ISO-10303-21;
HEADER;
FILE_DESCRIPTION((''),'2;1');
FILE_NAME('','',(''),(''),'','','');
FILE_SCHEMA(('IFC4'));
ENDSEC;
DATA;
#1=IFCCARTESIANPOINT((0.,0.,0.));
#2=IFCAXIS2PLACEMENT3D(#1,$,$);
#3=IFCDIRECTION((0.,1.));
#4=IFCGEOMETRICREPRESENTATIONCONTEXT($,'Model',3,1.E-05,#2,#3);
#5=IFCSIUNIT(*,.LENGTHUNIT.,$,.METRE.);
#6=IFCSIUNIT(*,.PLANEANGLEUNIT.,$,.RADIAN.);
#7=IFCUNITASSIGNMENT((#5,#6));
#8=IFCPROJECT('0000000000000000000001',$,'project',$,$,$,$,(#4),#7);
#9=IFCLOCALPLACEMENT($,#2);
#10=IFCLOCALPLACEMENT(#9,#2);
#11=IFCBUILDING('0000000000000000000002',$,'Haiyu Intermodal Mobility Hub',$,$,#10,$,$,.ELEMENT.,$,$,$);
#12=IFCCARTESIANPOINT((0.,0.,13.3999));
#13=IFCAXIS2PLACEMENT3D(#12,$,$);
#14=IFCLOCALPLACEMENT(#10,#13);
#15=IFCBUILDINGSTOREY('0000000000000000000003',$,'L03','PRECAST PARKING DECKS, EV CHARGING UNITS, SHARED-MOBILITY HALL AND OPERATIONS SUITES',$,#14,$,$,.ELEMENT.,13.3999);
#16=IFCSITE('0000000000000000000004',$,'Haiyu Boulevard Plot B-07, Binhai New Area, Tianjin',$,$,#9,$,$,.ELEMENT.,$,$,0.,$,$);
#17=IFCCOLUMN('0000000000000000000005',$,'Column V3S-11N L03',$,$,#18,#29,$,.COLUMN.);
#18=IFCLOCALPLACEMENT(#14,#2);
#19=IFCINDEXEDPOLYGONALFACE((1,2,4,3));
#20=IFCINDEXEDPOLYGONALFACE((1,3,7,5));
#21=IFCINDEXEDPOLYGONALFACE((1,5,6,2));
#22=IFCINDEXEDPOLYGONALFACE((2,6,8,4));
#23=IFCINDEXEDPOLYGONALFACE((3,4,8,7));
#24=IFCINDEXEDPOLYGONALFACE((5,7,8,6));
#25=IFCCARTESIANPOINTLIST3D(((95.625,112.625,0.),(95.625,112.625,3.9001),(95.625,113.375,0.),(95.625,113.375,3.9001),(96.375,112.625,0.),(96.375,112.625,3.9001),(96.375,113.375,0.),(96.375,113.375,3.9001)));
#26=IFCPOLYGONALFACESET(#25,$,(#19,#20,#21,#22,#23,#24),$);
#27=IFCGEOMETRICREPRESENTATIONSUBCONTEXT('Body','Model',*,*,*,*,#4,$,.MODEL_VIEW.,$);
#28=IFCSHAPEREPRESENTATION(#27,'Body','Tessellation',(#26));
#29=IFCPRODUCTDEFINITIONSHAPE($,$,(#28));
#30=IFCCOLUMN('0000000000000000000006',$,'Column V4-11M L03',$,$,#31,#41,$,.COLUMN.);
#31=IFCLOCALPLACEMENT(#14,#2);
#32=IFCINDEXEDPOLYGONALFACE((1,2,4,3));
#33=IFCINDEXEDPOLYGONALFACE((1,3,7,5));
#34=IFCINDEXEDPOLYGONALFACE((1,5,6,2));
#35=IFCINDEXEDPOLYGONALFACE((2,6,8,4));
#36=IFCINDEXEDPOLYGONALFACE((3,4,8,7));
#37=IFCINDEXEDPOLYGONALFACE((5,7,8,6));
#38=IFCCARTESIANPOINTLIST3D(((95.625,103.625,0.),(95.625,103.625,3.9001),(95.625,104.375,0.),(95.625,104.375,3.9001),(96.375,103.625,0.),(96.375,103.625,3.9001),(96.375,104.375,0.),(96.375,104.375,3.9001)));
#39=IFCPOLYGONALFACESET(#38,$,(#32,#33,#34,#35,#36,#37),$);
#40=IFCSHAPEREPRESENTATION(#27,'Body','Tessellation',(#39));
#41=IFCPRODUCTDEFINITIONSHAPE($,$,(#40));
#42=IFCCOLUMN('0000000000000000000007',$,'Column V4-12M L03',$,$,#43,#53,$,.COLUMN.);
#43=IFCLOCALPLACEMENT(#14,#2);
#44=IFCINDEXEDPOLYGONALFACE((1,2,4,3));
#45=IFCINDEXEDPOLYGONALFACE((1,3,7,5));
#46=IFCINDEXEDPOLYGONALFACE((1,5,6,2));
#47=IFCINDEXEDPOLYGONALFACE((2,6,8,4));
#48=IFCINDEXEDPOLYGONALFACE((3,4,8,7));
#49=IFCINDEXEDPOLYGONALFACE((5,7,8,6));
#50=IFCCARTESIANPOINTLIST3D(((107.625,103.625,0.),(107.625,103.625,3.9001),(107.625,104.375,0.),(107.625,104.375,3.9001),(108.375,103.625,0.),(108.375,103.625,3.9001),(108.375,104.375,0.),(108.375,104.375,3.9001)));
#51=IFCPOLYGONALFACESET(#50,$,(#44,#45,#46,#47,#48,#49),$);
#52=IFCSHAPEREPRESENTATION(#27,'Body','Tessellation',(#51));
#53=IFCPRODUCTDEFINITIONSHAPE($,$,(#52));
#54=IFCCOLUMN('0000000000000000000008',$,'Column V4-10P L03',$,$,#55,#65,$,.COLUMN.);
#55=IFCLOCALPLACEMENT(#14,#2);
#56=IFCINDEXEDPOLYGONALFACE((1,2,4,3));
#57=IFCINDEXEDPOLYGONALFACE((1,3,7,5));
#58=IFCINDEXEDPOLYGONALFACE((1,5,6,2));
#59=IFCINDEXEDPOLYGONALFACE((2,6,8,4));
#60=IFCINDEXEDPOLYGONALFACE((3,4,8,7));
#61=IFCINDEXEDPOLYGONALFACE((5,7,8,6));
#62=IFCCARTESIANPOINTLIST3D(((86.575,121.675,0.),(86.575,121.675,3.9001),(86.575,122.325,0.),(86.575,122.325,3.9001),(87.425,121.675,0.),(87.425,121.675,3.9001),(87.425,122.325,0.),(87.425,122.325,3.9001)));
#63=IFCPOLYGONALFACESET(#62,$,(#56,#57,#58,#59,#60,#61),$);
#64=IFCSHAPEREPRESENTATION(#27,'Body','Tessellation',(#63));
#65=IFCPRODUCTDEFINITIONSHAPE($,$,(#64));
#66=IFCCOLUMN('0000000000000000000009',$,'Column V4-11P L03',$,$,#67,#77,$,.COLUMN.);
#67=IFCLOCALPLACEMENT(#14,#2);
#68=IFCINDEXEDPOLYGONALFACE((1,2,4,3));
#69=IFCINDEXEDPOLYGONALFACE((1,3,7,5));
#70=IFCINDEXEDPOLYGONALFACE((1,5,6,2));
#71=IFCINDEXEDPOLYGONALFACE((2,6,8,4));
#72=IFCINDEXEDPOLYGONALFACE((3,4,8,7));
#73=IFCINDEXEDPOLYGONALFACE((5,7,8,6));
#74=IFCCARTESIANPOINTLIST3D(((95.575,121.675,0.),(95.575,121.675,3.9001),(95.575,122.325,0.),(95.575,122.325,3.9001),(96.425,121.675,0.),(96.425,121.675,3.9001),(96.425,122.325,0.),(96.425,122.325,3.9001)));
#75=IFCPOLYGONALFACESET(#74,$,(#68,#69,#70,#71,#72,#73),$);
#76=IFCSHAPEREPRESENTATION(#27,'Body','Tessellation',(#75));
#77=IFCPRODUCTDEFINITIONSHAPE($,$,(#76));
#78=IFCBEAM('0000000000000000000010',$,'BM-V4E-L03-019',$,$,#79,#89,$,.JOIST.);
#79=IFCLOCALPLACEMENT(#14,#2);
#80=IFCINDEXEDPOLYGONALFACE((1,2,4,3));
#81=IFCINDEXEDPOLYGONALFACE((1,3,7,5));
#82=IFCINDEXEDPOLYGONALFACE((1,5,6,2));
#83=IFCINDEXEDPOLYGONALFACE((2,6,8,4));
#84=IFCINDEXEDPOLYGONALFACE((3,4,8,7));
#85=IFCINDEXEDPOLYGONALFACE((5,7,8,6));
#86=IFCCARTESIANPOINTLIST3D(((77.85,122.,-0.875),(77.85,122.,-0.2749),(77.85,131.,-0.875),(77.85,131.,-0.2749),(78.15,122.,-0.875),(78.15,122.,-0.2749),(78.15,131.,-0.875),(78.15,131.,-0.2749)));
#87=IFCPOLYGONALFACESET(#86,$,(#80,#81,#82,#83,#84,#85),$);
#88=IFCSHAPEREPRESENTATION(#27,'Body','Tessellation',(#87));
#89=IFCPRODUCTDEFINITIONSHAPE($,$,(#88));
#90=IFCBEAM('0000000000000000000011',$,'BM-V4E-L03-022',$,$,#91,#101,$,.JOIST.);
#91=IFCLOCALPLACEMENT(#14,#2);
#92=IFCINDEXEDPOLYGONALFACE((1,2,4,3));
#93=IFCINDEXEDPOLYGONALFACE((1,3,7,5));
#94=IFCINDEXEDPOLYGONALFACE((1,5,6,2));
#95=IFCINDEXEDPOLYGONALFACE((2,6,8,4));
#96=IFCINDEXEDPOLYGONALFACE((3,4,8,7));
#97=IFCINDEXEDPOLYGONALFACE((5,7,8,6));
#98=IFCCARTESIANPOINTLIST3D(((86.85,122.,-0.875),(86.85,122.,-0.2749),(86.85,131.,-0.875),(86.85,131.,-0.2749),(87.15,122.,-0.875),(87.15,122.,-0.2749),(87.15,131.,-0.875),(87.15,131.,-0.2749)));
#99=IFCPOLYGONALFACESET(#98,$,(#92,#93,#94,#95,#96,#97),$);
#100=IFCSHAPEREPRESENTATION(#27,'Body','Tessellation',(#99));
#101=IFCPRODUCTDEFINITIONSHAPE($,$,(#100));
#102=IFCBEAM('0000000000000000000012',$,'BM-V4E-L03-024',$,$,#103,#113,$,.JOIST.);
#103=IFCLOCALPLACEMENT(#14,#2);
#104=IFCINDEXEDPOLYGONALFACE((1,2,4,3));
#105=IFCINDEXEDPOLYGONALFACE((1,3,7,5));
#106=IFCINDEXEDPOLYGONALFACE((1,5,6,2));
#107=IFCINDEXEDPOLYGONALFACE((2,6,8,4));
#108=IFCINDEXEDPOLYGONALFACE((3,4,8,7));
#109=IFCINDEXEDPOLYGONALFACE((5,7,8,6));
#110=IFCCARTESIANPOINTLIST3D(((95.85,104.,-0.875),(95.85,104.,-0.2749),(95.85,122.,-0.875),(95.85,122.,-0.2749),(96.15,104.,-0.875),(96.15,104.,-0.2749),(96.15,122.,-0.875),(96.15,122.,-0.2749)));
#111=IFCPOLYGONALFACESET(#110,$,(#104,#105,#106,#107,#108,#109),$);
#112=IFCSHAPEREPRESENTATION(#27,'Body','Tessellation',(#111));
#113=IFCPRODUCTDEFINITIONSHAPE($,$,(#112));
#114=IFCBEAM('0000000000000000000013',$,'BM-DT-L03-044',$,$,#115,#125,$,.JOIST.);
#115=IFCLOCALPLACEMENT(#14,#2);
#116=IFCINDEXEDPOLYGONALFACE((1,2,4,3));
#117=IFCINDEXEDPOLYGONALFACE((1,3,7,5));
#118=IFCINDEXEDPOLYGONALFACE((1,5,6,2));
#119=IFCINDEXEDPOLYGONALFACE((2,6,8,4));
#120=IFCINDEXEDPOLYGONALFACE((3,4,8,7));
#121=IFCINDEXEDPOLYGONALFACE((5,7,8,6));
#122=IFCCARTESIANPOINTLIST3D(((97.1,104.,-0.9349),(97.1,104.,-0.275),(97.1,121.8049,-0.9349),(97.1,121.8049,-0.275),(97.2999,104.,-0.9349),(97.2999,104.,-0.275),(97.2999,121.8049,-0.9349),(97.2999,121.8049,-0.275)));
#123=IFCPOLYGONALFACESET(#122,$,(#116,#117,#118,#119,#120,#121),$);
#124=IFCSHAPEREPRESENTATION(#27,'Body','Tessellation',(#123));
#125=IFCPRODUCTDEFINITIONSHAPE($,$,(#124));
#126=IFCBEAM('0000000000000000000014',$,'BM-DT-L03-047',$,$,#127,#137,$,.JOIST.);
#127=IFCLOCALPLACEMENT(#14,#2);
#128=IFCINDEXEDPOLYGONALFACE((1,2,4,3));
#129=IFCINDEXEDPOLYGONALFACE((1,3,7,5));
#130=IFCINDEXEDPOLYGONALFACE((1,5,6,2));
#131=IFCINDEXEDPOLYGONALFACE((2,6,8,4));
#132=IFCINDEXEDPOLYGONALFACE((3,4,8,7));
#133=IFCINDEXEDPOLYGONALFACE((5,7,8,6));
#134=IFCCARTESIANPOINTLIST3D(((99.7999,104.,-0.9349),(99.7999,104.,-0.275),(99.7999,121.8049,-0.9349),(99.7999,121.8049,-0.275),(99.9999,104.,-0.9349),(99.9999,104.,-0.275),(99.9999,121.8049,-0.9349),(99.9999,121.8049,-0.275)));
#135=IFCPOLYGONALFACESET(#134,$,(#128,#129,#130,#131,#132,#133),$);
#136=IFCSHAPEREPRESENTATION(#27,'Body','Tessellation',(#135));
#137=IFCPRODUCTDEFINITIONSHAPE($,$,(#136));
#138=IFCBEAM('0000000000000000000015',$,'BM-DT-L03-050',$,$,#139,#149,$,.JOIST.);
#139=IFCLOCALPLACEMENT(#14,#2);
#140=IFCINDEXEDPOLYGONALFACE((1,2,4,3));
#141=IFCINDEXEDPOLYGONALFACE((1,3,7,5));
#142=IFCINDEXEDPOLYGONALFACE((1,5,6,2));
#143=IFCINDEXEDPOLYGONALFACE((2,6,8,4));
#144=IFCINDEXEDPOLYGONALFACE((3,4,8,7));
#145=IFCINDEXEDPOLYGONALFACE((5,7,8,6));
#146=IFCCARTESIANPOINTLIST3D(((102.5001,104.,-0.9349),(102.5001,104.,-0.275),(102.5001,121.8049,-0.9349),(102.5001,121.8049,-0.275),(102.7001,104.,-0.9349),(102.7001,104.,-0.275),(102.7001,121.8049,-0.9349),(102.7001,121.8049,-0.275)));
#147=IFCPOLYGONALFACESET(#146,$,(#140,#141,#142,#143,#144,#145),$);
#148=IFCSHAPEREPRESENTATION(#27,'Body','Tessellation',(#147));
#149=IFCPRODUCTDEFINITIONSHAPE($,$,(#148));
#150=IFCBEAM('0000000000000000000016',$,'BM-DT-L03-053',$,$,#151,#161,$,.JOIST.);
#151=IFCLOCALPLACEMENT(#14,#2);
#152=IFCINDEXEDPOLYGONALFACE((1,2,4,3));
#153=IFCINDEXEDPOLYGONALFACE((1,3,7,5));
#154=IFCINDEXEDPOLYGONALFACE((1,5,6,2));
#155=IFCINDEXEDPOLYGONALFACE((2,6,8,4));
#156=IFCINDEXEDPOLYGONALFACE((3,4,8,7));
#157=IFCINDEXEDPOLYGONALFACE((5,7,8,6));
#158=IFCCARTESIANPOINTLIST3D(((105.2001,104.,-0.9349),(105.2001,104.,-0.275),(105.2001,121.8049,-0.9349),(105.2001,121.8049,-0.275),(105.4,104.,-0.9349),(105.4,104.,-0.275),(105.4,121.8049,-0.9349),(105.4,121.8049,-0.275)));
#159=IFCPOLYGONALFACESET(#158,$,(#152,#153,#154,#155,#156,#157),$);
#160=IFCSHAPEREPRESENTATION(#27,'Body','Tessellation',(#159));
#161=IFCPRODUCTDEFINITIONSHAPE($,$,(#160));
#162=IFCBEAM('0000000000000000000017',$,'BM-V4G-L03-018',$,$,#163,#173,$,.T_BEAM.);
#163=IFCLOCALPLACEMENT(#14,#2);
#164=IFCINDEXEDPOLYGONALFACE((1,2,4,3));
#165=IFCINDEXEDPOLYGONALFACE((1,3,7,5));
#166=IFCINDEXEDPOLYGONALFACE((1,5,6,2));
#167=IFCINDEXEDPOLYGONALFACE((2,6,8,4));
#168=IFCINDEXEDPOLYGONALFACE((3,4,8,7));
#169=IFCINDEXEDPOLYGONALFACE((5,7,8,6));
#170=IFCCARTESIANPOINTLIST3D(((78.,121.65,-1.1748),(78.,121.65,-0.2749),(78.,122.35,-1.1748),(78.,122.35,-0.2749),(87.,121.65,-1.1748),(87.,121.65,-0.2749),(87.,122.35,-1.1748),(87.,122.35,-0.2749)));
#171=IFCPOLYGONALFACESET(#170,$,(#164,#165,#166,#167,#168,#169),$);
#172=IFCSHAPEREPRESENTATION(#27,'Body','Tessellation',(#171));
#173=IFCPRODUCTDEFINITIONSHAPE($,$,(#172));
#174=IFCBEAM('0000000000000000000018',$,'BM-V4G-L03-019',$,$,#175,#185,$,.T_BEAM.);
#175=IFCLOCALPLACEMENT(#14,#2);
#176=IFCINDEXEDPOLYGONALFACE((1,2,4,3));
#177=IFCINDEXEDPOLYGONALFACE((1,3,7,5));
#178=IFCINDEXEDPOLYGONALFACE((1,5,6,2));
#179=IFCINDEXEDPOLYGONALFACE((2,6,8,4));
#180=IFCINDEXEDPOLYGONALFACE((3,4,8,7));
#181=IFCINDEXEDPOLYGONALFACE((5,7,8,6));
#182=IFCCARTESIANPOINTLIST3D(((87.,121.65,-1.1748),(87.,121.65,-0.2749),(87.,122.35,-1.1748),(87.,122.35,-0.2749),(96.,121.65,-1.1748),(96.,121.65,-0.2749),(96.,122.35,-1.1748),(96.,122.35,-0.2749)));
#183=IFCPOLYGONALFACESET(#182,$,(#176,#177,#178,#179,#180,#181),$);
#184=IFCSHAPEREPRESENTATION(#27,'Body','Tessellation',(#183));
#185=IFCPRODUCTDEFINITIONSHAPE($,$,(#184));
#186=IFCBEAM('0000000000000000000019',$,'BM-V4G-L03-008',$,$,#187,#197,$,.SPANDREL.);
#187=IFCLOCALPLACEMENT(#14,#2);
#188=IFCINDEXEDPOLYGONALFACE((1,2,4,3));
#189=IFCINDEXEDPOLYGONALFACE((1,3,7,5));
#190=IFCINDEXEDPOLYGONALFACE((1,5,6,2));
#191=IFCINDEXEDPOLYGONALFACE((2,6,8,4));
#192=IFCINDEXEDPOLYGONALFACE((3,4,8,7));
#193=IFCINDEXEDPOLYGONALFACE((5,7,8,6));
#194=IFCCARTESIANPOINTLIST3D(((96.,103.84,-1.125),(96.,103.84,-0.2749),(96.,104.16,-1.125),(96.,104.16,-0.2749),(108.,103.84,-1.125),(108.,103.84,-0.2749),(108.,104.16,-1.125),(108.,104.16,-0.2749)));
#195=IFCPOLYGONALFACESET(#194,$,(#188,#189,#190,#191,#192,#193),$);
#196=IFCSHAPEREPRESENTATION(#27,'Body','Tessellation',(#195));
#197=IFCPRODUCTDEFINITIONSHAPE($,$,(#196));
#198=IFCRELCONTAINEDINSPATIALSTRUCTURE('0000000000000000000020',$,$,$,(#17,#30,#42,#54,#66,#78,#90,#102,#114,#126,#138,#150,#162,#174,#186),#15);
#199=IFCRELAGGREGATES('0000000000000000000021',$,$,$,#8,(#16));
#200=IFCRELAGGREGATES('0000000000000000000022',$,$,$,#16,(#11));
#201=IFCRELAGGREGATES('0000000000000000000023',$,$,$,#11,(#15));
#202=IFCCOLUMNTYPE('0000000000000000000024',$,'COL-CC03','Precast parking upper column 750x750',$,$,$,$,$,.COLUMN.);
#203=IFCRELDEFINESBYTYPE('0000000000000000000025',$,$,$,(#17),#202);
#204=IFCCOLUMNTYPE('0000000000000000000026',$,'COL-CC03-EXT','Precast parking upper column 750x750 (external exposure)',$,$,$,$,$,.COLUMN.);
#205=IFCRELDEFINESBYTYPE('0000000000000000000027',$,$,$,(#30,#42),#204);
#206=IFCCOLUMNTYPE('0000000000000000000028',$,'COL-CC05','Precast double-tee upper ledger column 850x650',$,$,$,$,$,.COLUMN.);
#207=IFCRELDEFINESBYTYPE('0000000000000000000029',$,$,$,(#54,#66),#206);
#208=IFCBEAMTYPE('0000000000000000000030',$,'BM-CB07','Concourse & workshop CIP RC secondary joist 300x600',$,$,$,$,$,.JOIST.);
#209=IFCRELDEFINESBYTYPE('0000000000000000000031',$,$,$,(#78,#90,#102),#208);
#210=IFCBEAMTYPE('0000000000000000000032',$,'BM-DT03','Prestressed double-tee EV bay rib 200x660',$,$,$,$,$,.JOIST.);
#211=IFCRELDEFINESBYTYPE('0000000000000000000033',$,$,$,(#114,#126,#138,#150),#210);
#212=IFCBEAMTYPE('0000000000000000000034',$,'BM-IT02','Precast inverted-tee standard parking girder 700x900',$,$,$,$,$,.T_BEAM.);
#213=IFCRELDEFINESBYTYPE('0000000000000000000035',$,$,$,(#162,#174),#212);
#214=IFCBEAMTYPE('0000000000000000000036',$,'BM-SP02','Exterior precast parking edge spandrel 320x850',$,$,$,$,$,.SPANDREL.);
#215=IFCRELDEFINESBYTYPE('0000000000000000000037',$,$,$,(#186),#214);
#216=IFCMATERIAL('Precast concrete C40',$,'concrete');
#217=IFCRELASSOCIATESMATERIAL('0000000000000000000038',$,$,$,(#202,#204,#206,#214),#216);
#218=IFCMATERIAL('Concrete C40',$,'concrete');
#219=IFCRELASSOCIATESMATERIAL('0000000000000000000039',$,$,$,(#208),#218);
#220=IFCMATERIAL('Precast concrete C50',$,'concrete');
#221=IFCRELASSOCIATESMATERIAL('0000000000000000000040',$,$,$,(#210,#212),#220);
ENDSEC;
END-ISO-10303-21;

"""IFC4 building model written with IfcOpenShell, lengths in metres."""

from ifc_helpers import new_model, si_unit, direction, frame, origin, origin_2d, place, context, subcontext, project, spatial, rectangle, extrude, material, material_profile, profile_set, type_object, element, save


model = new_model("IFC4")

# Units and contexts
model_context = context("Model", 3, precision=1e-05, world=origin(), true_north=direction((0.0, 1.0)))
body_context = subcontext(model_context, "Body", "Model", "MODEL_VIEW")
ifc_project = project(units=[si_unit("LENGTHUNIT", "METRE"), si_unit("PLANEANGLEUNIT", "RADIAN")], contexts=[model_context])

# Site, building, storey
site_placement = place(None, origin())
site = spatial("IfcSite", under=ifc_project, at=site_placement, Name="Haiyu Boulevard Plot B-07, Binhai New Area, Tianjin", CompositionType="ELEMENT", RefElevation=0.0)
building_placement = place(site_placement, origin())
building = spatial("IfcBuilding", under=site, at=building_placement, Name="Haiyu Intermodal Mobility Hub", CompositionType="ELEMENT")
storey_placement = place(building_placement, frame((0.0, 0.0, 13.3999)))
storey = spatial("IfcBuildingStorey", under=building, at=storey_placement, Name="L03", Description="PRECAST PARKING DECKS, EV CHARGING UNITS, SHARED-MOBILITY HALL AND OPERATIONS SUITES", CompositionType="ELEMENT", Elevation=13.3999)

# Columns
ifc_material_1 = material(Name="Precast concrete C40", Category="concrete")
ifc_material_profile_1 = material_profile(ifc_material_1, rectangle(XDim=0.75, YDim=0.75, at=origin_2d()), Name="RC750x750")
ifc_profile_set_1 = profile_set([ifc_material_profile_1], Name="Precast concrete C40")
column_type_1 = type_object("IfcColumnType", Name="COL-CC03", Description="Precast parking upper column 750x750", PredefinedType="COLUMN", material=ifc_profile_set_1)
column_placement = place(storey_placement, frame((96.0, 113.0, 0.0), z_axis=(0.0, 0.0, 1.0), x_axis=(1.0, 0.0, 0.0)))
element("IfcColumn", 1, at=column_placement, inside=storey, type_object=column_type_1, Name="Column V3S-11N L03", PredefinedType="COLUMN", context=body_context, shape_type="SweptSolid", body=[
    extrude(rectangle(XDim=0.75, YDim=0.75, at=origin_2d()), origin(), (0.0, 0.0, 1.0), 3.9001),
])
ifc_material_profile_2 = material_profile(ifc_material_1, rectangle(XDim=0.75, YDim=0.75, at=origin_2d()), Name="RC750x750")
ifc_profile_set_2 = profile_set([ifc_material_profile_2], Name="Precast concrete C40")
column_type_2 = type_object("IfcColumnType", Name="COL-CC03-EXT", Description="Precast parking upper column 750x750 (external exposure)", PredefinedType="COLUMN", material=ifc_profile_set_2)
for number, where, z_axis, x_axis, name in (
    (2, (96.0, 104.0, 0.0), (0.0, 0.0, 1.0), (1.0, 0.0, 0.0), "Column V4-11M L03"),
    (3, (108.0, 104.0, 0.0), (0.0, 0.0, 1.0), (1.0, 0.0, 0.0), "Column V4-12M L03"),
):
    element("IfcColumn", number, at=place(storey_placement, frame(where, z_axis=z_axis, x_axis=x_axis)), inside=storey, type_object=column_type_2, Name=name, PredefinedType="COLUMN", context=body_context, shape_type="SweptSolid", body=[
        extrude(rectangle(XDim=0.75, YDim=0.75, at=origin_2d()), origin(), (0.0, 0.0, 1.0), 3.9001),
    ])
ifc_material_profile_3 = material_profile(ifc_material_1, rectangle(XDim=0.8501, YDim=0.6499, at=origin_2d()), Name="RC850x650")
ifc_profile_set_3 = profile_set([ifc_material_profile_3], Name="Precast concrete C40")
column_type_3 = type_object("IfcColumnType", Name="COL-CC05", Description="Precast double-tee upper ledger column 850x650", PredefinedType="COLUMN", material=ifc_profile_set_3)
for number, where, z_axis, x_axis, name in (
    (4, (87.0, 122.0, 0.0), (0.0, 0.0, 1.0), (1.0, 0.0, 0.0), "Column V4-10P L03"),
    (5, (96.0, 122.0, 0.0), (0.0, 0.0, 1.0), (1.0, 0.0, 0.0), "Column V4-11P L03"),
):
    element("IfcColumn", number, at=place(storey_placement, frame(where, z_axis=z_axis, x_axis=x_axis)), inside=storey, type_object=column_type_3, Name=name, PredefinedType="COLUMN", context=body_context, shape_type="SweptSolid", body=[
        extrude(rectangle(XDim=0.8501, YDim=0.6499, at=origin_2d()), origin(), (0.0, 0.0, 1.0), 3.9001),
    ])

# Beams
ifc_material_2 = material(Name="Concrete C40", Category="concrete")
ifc_material_profile_4 = material_profile(ifc_material_2, rectangle(XDim=0.3, YDim=0.6001, at=origin_2d()), Name="RCB300x600")
ifc_profile_set_4 = profile_set([ifc_material_profile_4], Name="Concrete C40")
beam_type_1 = type_object("IfcBeamType", Name="BM-CB07", Description="Concourse & workshop CIP RC secondary joist 300x600", PredefinedType="JOIST", material=ifc_profile_set_4)
for number, where, z_axis, x_axis, name in (
    (6, (78.0, 122.0, -0.575), (0.0, 1.0, 0.0), (-1.0, 0.0, 0.0), "BM-V4E-L03-019"),
    (7, (87.0, 122.0, -0.575), (0.0, 1.0, 0.0), (-1.0, 0.0, 0.0), "BM-V4E-L03-022"),
):
    element("IfcBeam", number, at=place(storey_placement, frame(where, z_axis=z_axis, x_axis=x_axis)), inside=storey, type_object=beam_type_1, Name=name, PredefinedType="JOIST", context=body_context, shape_type="SweptSolid", body=[
        extrude(rectangle(XDim=0.3, YDim=0.6001, at=origin_2d()), origin(), (0.0, 0.0, 1.0), 9.0),
    ])
beam_placement = place(storey_placement, frame((96.0, 104.0, -0.575), z_axis=(0.0, 1.0, 0.0), x_axis=(-1.0, 0.0, 0.0)))
element("IfcBeam", 8, at=beam_placement, inside=storey, type_object=beam_type_1, Name="BM-V4E-L03-024", PredefinedType="JOIST", context=body_context, shape_type="SweptSolid", body=[
    extrude(rectangle(XDim=0.3, YDim=0.6001, at=origin_2d()), origin(), (0.0, 0.0, 1.0), 18.0),
])
ifc_material_3 = material(Name="Precast concrete C50", Category="concrete")
ifc_material_profile_5 = material_profile(ifc_material_3, rectangle(XDim=0.2, YDim=0.6599, at=origin_2d()), Name="PC200x660")
ifc_profile_set_5 = profile_set([ifc_material_profile_5], Name="Precast concrete C50")
beam_type_2 = type_object("IfcBeamType", Name="BM-DT03", Description="Prestressed double-tee EV bay rib 200x660", PredefinedType="JOIST", material=ifc_profile_set_5)
for number, where, z_axis, x_axis, name in (
    (9, (97.2, 104.0, -0.605), (0.0, 1.0, 0.0), (-1.0, 0.0, 0.0), "BM-DT-L03-044"),
    (10, (99.8999, 104.0, -0.605), (0.0, 1.0, 0.0), (-1.0, 0.0, 0.0), "BM-DT-L03-047"),
    (11, (102.6001, 104.0, -0.605), (0.0, 1.0, 0.0), (-1.0, 0.0, 0.0), "BM-DT-L03-050"),
    (12, (105.3, 104.0, -0.605), (0.0, 1.0, 0.0), (-1.0, 0.0, 0.0), "BM-DT-L03-053"),
):
    element("IfcBeam", number, at=place(storey_placement, frame(where, z_axis=z_axis, x_axis=x_axis)), inside=storey, type_object=beam_type_2, Name=name, PredefinedType="JOIST", context=body_context, shape_type="SweptSolid", body=[
        extrude(rectangle(XDim=0.2, YDim=0.6599, at=origin_2d()), origin(), (0.0, 0.0, 1.0), 17.8049),
    ])
ifc_material_profile_6 = material_profile(ifc_material_3, rectangle(XDim=0.7, YDim=0.8999, at=origin_2d()), Name="PC700x900")
ifc_profile_set_6 = profile_set([ifc_material_profile_6], Name="Precast concrete C50")
beam_type_3 = type_object("IfcBeamType", Name="BM-IT02", Description="Precast inverted-tee standard parking girder 700x900", PredefinedType="T_BEAM", material=ifc_profile_set_6)
for number, where, z_axis, x_axis, name in (
    (13, (78.0, 122.0, -0.7249), (1.0, 0.0, 0.0), (0.0, 1.0, 0.0), "BM-V4G-L03-018"),
    (14, (87.0, 122.0, -0.7249), (1.0, 0.0, 0.0), (0.0, 1.0, 0.0), "BM-V4G-L03-019"),
):
    element("IfcBeam", number, at=place(storey_placement, frame(where, z_axis=z_axis, x_axis=x_axis)), inside=storey, type_object=beam_type_3, Name=name, PredefinedType="T_BEAM", context=body_context, shape_type="SweptSolid", body=[
        extrude(rectangle(XDim=0.7, YDim=0.8999, at=origin_2d()), origin(), (0.0, 0.0, 1.0), 9.0),
    ])
ifc_material_profile_7 = material_profile(ifc_material_1, rectangle(XDim=0.3201, YDim=0.8501, at=origin_2d()), Name="PC320x850")
ifc_profile_set_7 = profile_set([ifc_material_profile_7], Name="Precast concrete C40")
beam_type_4 = type_object("IfcBeamType", Name="BM-SP02", Description="Exterior precast parking edge spandrel 320x850", PredefinedType="SPANDREL", material=ifc_profile_set_7)
for number, where, z_axis, x_axis, name in (
    (15, (96.0, 104.0, -0.7), (1.0, 0.0, 0.0), (0.0, 1.0, 0.0), "BM-V4G-L03-008"),
):
    element("IfcBeam", number, at=place(storey_placement, frame(where, z_axis=z_axis, x_axis=x_axis)), inside=storey, type_object=beam_type_4, Name=name, PredefinedType="SPANDREL", context=body_context, shape_type="SweptSolid", body=[
        extrude(rectangle(XDim=0.3201, YDim=0.8501, at=origin_2d()), origin(), (0.0, 0.0, 1.0), 12.0),
    ])

save(model, "model.ifc")
